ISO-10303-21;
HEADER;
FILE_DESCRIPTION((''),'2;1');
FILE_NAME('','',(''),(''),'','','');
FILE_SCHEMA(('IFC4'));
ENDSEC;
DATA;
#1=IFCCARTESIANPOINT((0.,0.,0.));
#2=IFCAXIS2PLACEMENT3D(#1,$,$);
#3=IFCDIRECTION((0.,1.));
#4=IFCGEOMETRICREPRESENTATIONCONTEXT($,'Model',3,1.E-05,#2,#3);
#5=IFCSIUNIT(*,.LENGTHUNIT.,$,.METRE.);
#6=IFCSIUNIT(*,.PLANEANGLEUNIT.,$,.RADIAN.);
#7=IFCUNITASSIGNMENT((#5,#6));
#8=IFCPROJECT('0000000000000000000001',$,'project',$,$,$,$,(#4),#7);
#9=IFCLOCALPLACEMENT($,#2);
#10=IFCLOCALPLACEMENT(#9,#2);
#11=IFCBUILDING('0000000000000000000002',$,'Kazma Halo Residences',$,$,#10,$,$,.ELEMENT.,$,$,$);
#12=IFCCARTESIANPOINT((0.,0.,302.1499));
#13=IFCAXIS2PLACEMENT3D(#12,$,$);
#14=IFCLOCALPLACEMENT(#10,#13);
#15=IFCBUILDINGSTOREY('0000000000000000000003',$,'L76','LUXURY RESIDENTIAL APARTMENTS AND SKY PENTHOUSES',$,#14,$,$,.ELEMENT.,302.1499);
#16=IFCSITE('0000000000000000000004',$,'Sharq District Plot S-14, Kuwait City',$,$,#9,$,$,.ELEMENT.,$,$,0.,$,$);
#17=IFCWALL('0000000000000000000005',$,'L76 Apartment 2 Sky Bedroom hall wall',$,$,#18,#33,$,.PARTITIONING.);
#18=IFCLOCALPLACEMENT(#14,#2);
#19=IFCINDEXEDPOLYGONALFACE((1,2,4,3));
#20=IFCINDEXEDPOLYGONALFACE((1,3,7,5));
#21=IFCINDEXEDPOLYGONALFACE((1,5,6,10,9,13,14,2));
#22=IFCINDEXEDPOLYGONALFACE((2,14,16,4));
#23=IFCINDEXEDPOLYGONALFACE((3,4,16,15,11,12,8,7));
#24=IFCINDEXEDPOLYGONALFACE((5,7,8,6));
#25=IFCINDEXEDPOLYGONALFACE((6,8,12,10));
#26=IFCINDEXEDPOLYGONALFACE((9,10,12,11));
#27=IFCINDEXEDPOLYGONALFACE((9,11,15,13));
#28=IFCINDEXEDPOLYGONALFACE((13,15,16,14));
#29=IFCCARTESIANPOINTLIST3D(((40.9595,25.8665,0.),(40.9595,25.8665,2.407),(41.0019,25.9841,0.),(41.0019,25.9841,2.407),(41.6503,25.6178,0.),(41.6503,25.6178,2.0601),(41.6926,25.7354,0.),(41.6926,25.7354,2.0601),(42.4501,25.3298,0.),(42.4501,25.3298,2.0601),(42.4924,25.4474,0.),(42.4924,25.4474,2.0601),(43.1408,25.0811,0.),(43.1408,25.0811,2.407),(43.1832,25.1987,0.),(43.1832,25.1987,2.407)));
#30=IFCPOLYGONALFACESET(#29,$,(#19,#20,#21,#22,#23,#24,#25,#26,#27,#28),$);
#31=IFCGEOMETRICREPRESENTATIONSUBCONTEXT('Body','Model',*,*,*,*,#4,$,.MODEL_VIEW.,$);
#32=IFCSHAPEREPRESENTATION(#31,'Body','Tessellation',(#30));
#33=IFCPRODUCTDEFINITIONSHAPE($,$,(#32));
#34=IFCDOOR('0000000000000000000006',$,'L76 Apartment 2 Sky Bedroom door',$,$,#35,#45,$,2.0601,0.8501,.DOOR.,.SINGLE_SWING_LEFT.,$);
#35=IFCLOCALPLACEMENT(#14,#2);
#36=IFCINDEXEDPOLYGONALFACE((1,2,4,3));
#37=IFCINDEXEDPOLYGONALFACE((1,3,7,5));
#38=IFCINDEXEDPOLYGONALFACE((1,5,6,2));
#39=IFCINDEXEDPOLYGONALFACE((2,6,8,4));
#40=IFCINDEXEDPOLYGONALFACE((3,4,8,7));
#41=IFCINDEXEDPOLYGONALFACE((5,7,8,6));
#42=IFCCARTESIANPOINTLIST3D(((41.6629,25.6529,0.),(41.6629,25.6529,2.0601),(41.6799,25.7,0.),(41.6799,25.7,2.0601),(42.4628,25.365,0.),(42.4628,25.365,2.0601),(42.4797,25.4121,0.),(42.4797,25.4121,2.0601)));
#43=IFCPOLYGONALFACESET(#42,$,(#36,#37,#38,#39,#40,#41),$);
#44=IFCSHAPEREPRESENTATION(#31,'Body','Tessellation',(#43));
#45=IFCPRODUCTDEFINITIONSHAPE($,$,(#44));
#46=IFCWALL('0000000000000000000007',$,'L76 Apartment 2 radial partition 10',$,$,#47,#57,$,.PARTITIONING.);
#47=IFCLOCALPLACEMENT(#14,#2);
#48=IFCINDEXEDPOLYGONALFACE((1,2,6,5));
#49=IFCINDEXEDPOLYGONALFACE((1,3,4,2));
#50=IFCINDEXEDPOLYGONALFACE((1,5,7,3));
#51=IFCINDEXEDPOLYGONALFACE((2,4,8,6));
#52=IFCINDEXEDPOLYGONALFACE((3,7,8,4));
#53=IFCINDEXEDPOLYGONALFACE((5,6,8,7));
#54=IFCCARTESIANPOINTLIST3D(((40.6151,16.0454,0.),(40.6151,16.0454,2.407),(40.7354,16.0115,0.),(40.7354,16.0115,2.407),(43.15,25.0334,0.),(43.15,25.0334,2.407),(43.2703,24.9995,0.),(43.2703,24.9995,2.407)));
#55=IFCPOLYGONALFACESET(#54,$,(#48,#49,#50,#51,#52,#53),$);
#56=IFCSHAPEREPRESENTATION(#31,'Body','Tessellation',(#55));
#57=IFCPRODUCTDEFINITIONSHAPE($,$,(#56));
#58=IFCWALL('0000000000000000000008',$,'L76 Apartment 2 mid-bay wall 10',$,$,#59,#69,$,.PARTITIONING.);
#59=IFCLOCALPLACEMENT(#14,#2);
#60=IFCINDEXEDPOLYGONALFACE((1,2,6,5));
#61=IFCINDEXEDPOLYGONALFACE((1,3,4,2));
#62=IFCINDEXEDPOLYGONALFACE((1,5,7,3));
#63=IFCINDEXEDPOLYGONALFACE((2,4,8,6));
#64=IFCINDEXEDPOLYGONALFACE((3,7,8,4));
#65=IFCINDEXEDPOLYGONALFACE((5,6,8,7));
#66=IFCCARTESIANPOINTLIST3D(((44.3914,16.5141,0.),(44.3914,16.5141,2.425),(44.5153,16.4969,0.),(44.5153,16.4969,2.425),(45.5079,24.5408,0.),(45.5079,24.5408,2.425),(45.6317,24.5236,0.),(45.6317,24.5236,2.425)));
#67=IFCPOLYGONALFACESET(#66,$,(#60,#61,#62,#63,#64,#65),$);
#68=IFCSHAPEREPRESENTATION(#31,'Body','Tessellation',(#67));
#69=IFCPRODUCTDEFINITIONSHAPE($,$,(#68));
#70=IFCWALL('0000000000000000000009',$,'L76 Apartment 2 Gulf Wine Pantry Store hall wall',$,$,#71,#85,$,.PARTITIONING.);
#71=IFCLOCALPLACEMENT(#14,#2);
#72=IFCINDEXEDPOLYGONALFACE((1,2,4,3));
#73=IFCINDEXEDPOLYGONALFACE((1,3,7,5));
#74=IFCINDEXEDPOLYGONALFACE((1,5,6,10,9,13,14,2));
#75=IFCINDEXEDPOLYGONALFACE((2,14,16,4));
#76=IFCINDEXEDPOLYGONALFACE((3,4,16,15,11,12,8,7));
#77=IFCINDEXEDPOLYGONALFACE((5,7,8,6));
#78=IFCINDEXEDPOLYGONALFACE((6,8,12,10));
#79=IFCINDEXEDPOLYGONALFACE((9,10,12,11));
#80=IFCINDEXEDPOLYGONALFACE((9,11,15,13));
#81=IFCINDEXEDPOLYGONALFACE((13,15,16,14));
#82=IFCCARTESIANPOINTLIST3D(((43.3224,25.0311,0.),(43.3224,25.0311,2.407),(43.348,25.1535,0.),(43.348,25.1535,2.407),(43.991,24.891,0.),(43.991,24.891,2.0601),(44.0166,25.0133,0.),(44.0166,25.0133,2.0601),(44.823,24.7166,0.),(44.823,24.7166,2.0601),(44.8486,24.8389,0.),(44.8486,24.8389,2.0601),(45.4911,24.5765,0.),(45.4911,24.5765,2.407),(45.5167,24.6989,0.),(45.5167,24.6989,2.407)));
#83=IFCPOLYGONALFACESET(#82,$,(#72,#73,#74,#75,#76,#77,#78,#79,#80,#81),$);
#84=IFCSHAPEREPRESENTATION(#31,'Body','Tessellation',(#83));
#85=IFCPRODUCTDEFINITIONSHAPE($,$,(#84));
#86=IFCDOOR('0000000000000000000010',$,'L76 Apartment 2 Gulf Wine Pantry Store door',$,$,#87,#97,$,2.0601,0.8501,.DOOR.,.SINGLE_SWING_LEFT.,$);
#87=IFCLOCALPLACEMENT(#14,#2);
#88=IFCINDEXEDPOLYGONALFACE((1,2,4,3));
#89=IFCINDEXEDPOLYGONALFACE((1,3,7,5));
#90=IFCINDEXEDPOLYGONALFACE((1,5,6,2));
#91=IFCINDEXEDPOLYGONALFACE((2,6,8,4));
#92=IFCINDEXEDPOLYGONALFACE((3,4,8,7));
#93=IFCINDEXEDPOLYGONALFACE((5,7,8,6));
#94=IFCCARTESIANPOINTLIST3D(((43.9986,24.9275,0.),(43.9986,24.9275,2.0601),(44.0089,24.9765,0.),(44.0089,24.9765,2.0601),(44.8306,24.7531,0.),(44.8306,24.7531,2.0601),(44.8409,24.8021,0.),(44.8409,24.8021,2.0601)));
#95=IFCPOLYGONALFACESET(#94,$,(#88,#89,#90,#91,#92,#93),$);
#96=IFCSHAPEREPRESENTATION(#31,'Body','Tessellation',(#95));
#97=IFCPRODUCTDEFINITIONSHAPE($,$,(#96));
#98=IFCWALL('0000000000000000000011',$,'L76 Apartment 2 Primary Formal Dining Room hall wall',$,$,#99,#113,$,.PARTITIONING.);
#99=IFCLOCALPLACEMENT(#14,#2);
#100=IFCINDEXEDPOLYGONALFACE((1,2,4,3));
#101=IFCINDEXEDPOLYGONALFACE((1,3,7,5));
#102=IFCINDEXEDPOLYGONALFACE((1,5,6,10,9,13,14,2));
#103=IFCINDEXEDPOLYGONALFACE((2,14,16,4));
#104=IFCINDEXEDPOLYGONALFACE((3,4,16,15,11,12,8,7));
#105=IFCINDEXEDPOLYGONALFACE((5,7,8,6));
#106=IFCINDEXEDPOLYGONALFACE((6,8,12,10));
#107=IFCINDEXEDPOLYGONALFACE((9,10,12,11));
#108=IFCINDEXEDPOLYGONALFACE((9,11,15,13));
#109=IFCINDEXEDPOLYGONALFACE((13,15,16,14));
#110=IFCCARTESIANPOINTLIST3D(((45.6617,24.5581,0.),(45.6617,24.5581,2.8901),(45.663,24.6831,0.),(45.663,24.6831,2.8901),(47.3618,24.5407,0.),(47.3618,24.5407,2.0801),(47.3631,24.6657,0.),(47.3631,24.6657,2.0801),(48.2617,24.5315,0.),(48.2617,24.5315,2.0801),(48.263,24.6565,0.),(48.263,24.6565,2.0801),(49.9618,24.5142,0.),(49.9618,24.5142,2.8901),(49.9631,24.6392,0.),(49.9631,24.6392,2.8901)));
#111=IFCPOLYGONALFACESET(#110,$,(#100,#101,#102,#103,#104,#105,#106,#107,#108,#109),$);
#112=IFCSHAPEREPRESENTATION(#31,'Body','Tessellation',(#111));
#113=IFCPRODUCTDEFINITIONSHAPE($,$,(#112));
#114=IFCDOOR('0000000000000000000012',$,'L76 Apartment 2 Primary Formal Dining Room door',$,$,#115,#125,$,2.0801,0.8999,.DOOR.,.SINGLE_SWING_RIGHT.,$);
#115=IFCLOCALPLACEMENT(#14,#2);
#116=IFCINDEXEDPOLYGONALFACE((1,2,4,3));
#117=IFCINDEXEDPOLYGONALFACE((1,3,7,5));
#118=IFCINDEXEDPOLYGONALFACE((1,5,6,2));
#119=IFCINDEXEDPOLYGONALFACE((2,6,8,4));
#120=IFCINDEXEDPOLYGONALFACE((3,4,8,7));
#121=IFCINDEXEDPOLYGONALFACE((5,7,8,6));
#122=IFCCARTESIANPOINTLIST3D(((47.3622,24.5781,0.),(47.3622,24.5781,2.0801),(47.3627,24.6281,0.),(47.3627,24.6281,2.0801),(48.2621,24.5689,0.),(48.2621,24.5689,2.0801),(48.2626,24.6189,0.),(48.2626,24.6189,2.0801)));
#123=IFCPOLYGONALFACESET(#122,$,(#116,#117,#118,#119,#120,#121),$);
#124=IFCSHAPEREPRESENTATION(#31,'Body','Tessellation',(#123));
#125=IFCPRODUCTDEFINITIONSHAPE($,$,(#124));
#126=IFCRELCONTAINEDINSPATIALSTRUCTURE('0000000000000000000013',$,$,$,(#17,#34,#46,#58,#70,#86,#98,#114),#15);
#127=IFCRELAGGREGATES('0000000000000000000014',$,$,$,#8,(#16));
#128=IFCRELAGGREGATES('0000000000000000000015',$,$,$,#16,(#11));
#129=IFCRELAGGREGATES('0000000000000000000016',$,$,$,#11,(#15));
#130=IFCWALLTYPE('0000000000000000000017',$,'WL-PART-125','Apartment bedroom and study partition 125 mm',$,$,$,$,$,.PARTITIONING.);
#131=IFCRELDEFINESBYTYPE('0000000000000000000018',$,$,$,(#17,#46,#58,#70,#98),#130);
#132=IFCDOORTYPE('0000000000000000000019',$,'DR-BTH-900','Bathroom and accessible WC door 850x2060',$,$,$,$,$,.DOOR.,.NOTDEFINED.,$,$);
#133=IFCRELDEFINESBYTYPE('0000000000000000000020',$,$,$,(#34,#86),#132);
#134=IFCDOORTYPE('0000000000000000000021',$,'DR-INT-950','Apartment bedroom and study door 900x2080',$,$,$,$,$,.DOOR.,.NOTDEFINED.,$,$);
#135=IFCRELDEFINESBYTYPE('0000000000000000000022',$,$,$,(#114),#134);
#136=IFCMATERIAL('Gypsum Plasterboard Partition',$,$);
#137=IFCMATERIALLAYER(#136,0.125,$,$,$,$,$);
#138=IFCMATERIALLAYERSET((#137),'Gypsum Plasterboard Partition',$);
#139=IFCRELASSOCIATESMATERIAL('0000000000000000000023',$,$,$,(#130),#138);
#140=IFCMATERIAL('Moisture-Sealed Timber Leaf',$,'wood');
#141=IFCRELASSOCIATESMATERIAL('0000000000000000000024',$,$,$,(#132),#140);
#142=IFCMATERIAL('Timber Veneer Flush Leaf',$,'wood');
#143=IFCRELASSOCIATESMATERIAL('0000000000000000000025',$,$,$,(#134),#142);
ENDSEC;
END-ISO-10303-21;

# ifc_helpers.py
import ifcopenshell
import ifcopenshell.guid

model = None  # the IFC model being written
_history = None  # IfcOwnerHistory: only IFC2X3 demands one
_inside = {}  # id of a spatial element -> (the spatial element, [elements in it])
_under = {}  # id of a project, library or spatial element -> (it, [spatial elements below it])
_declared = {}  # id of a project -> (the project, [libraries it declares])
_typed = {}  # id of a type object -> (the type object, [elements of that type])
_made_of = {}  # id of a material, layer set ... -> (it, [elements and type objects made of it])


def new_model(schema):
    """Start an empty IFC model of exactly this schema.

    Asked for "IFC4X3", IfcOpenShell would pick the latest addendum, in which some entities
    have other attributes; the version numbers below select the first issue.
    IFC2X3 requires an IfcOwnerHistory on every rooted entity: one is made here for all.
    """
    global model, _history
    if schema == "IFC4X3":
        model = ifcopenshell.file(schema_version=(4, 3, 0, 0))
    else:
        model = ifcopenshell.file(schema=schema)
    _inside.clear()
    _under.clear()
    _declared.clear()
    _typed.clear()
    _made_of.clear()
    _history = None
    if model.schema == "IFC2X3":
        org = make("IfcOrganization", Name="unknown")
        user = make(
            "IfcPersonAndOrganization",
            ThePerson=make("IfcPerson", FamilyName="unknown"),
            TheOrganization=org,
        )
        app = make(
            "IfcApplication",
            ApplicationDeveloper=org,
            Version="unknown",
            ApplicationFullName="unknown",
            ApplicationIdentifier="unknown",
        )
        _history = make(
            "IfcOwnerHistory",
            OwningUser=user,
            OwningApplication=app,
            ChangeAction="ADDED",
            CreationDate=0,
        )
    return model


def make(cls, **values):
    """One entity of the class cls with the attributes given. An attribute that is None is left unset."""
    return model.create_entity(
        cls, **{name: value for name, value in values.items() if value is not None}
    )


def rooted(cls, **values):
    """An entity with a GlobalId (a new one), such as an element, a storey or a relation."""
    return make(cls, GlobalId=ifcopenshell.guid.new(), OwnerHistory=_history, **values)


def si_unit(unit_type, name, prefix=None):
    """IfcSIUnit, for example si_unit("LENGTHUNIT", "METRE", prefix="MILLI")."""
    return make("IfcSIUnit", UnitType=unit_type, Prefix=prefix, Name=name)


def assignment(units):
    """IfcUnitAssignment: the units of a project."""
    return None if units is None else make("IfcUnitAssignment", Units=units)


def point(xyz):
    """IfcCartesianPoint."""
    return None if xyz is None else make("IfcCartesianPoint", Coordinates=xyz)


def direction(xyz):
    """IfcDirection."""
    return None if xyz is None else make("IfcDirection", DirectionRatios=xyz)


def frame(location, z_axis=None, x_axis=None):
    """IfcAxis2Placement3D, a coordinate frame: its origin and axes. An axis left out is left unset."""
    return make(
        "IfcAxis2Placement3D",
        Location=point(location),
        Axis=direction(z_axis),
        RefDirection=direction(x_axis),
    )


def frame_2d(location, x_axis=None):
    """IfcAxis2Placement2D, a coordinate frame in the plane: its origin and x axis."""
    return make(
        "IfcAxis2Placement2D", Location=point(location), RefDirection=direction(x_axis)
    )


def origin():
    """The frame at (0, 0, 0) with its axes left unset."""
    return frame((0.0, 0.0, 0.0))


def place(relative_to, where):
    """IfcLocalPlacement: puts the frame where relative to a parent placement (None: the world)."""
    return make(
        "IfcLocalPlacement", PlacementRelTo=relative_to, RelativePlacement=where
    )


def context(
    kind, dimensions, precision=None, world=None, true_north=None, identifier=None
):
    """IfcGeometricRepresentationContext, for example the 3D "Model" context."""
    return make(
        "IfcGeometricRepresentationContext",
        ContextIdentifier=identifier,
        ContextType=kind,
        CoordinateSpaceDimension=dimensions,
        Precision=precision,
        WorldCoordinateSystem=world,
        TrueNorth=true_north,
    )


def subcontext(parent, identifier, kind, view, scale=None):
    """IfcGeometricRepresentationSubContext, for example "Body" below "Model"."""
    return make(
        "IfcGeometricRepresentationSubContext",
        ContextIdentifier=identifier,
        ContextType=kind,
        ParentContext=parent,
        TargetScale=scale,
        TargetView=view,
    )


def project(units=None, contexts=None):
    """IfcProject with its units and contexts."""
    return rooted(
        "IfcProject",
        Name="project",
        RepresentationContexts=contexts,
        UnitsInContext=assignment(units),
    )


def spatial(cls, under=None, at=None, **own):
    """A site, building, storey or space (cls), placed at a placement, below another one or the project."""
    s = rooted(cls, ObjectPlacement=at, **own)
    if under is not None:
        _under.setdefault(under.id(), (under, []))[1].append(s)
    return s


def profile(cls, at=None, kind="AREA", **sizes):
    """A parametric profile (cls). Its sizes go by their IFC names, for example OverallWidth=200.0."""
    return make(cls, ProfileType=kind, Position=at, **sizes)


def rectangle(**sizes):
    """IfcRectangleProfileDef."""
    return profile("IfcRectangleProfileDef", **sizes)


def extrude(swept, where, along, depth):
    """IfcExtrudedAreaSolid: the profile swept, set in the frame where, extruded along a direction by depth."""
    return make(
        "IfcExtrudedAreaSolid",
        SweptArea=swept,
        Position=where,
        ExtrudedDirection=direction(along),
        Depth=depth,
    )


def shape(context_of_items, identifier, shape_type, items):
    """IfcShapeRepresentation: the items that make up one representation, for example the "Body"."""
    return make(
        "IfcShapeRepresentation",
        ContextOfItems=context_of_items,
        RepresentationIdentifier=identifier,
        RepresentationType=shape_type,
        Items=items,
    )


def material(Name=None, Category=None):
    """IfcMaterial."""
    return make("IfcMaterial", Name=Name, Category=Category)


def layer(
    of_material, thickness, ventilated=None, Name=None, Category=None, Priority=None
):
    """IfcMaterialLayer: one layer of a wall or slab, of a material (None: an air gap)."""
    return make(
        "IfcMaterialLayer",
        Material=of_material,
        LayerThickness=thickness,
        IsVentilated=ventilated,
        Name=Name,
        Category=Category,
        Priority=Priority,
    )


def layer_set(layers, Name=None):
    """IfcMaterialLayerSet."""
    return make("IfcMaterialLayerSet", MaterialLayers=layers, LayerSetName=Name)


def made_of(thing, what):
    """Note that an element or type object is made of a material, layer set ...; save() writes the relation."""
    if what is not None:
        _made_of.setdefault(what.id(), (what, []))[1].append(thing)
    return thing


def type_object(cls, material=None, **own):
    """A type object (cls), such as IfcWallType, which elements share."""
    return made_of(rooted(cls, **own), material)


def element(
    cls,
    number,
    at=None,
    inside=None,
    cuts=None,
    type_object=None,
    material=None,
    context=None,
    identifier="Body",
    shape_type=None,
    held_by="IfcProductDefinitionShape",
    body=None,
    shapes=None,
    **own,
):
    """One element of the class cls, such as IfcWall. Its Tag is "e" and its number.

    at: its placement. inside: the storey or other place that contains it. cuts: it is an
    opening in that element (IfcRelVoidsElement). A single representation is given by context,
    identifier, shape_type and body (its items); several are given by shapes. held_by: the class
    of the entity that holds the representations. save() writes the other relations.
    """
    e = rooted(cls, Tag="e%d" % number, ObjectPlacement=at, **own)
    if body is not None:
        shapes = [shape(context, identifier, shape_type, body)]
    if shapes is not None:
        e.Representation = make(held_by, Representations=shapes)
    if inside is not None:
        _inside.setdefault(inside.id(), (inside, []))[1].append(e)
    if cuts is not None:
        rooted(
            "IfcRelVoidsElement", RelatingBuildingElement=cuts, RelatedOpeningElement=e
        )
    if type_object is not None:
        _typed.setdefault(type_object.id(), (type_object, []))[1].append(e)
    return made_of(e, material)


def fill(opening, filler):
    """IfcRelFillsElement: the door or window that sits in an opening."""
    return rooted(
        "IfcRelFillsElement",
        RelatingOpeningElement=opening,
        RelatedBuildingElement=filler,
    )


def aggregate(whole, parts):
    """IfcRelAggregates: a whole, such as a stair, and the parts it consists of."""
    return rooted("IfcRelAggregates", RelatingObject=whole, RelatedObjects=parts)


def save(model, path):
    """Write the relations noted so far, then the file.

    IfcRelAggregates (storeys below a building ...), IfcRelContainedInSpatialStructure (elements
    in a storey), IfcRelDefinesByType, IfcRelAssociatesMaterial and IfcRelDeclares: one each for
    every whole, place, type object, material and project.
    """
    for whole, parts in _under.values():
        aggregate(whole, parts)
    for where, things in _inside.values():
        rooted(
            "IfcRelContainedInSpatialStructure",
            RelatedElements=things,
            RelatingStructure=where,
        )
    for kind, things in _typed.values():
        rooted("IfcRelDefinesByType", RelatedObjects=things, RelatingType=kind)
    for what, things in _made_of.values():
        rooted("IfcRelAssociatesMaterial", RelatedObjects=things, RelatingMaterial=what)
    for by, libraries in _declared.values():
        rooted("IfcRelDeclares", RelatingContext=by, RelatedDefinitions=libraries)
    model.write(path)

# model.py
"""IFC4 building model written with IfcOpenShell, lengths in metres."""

from ifc_helpers import new_model, si_unit, direction, frame, frame_2d, origin, place, context, subcontext, project, spatial, rectangle, extrude, material, layer, layer_set, type_object, element, fill, save


model = new_model("IFC4")

# Units and contexts
model_context = context("Model", 3, precision=1e-05, world=origin(), true_north=direction((0.0, 1.0)))
body_context = subcontext(model_context, "Body", "Model", "MODEL_VIEW")
ifc_project = project(units=[si_unit("LENGTHUNIT", "METRE"), si_unit("PLANEANGLEUNIT", "RADIAN")], contexts=[model_context])

# Site, building, storey
site_placement = place(None, origin())
site = spatial("IfcSite", under=ifc_project, at=site_placement, Name="Sharq District Plot S-14, Kuwait City", CompositionType="ELEMENT", RefElevation=0.0)
building_placement = place(site_placement, origin())
building = spatial("IfcBuilding", under=site, at=building_placement, Name="Kazma Halo Residences", CompositionType="ELEMENT")
storey_placement = place(building_placement, frame((0.0, 0.0, 302.1499)))
storey = spatial("IfcBuildingStorey", under=building, at=storey_placement, Name="L76", Description="LUXURY RESIDENTIAL APARTMENTS AND SKY PENTHOUSES", CompositionType="ELEMENT", Elevation=302.1499)

# Shared definitions
ifc_material_1 = material(Name="Gypsum Plasterboard Partition")
ifc_layer_1 = layer(ifc_material_1, 0.125)
ifc_layer_set_1 = layer_set([ifc_layer_1], Name="Gypsum Plasterboard Partition")
wall_type_1 = type_object("IfcWallType", Name="WL-PART-125", Description="Apartment bedroom and study partition 125 mm", PredefinedType="PARTITIONING", material=ifc_layer_set_1)

# Wall, opening, door
ifc_material_2 = material(Name="Moisture-Sealed Timber Leaf", Category="wood")
door_type_1 = type_object("IfcDoorType", Name="DR-BTH-900", Description="Bathroom and accessible WC door 850x2060", OperationType="NOTDEFINED", PredefinedType="DOOR", material=ifc_material_2)
wall_1_placement = place(storey_placement, frame((40.9807, 25.9253, 0.0), z_axis=(0.0, 0.0, 1.0), x_axis=(0.940874, -0.338757, 0.0)))
wall_1 = element("IfcWall", 1, at=wall_1_placement, inside=storey, type_object=wall_type_1, Name="L76 Apartment 2 Sky Bedroom hall wall", PredefinedType="PARTITIONING", context=body_context, shape_type="SweptSolid", body=[
    extrude(rectangle(XDim=2.3184, YDim=0.125, at=frame_2d((1.1592, 0.0))), origin(), (0.0, 0.0, 1.0), 2.407),
])
opening_1_placement = place(wall_1_placement, frame((0.7341, 0.0, 0.0)))
opening_1 = element("IfcOpeningElement", 2, at=opening_1_placement, cuts=wall_1, PredefinedType="OPENING", context=body_context, shape_type="SweptSolid", body=[
    extrude(rectangle(XDim=0.8501, YDim=2.0601, at=frame_2d((0.425, 1.03))), frame((0.0, 0.0725, 0.0), z_axis=(0.0, -1.0, 0.0), x_axis=(1.0, 0.0, 0.0)), (0.0, 0.0, 1.0), 0.145),
])
door_1_placement = place(opening_1_placement, origin())
door_1 = element("IfcDoor", 3, at=door_1_placement, inside=storey, type_object=door_type_1, Name="L76 Apartment 2 Sky Bedroom door", OperationType="SINGLE_SWING_LEFT", OverallHeight=2.0601, OverallWidth=0.8501, PredefinedType="DOOR", context=body_context, shape_type="SweptSolid", body=[
    extrude(rectangle(XDim=0.8501, YDim=2.0601, at=frame_2d((0.425, 1.03))), frame((0.0, 0.0249, 0.0), z_axis=(0.0, -1.0, 0.0), x_axis=(1.0, 0.0, 0.0)), (0.0, 0.0, 1.0), 0.05),
])
fill(opening_1, door_1)

# Walls
wall_2_placement = place(storey_placement, frame((43.2102, 25.0166, 0.0), z_axis=(0.0, 0.0, 1.0), x_axis=(-0.271443, -0.962455, 0.0)))
element("IfcWall", 4, at=wall_2_placement, inside=storey, type_object=wall_type_1, Name="L76 Apartment 2 radial partition 10", PredefinedType="PARTITIONING", context=body_context, shape_type="SweptSolid", body=[
    extrude(rectangle(XDim=9.3386, YDim=0.125, at=frame_2d((4.6694, 0.0))), origin(), (0.0, 0.0, 1.0), 2.407),
])
wall_3_placement = place(storey_placement, frame((45.5698, 24.5322, 0.0), z_axis=(0.0, 0.0, 1.0), x_axis=(-0.137768, -0.990465, 0.0)))
element("IfcWall", 5, at=wall_3_placement, inside=storey, type_object=wall_type_1, Name="L76 Apartment 2 mid-bay wall 10", PredefinedType="PARTITIONING", context=body_context, shape_type="SweptSolid", body=[
    extrude(rectangle(XDim=8.104, YDim=0.125, at=frame_2d((4.052, 0.0))), origin(), (0.0, 0.0, 1.0), 2.425),
])

# Walls, openings, doors
wall_4_placement = place(storey_placement, frame((43.3352, 25.0923, 0.0), z_axis=(0.0, 0.0, 1.0), x_axis=(0.978729, -0.205155, 0.0)))
wall_4 = element("IfcWall", 6, at=wall_4_placement, inside=storey, type_object=wall_type_1, Name="L76 Apartment 2 Gulf Wine Pantry Store hall wall", PredefinedType="PARTITIONING", context=body_context, shape_type="SweptSolid", body=[
    extrude(rectangle(XDim=2.2158, YDim=0.125, at=frame_2d((1.1079, 0.0))), origin(), (0.0, 0.0, 1.0), 2.407),
])
opening_2_placement = place(wall_4_placement, frame((0.6831, 0.0, 0.0)))
opening_2 = element("IfcOpeningElement", 7, at=opening_2_placement, cuts=wall_4, PredefinedType="OPENING", context=body_context, shape_type="SweptSolid", body=[
    extrude(rectangle(XDim=0.8501, YDim=2.0601, at=frame_2d((0.425, 1.03))), frame((0.0, 0.0725, 0.0), z_axis=(0.0, -1.0, 0.0), x_axis=(1.0, 0.0, 0.0)), (0.0, 0.0, 1.0), 0.145),
])
door_2_placement = place(opening_2_placement, origin())
door_2 = element("IfcDoor", 8, at=door_2_placement, inside=storey, type_object=door_type_1, Name="L76 Apartment 2 Gulf Wine Pantry Store door", OperationType="SINGLE_SWING_LEFT", OverallHeight=2.0601, OverallWidth=0.8501, PredefinedType="DOOR", context=body_context, shape_type="SweptSolid", body=[
    extrude(rectangle(XDim=0.8501, YDim=2.0601, at=frame_2d((0.425, 1.03))), frame((0.0, 0.0249, 0.0), z_axis=(0.0, -1.0, 0.0), x_axis=(1.0, 0.0, 0.0)), (0.0, 0.0, 1.0), 0.05),
])
fill(opening_2, door_2)
wall_5_placement = place(storey_placement, frame((45.6624, 24.6206, 0.0), z_axis=(0.0, 0.0, 1.0), x_axis=(0.999948, -0.010219, 0.0)))
wall_5 = element("IfcWall", 9, at=wall_5_placement, inside=storey, type_object=wall_type_1, Name="L76 Apartment 2 Primary Formal Dining Room hall wall", PredefinedType="PARTITIONING", context=body_context, shape_type="SweptSolid", body=[
    extrude(rectangle(XDim=4.3003, YDim=0.125, at=frame_2d((2.1501, 0.0))), origin(), (0.0, 0.0, 1.0), 2.8901),
])
opening_3_placement = place(wall_5_placement, frame((1.7002, 0.0, 0.0)))
opening_3 = element("IfcOpeningElement", 10, at=opening_3_placement, cuts=wall_5, PredefinedType="OPENING", context=body_context, shape_type="SweptSolid", body=[
    extrude(rectangle(XDim=0.8999, YDim=2.0801, at=frame_2d((0.45, 1.04))), frame((0.0, 0.0725, 0.0), z_axis=(0.0, -1.0, 0.0), x_axis=(1.0, 0.0, 0.0)), (0.0, 0.0, 1.0), 0.145),
])
ifc_material_3 = material(Name="Timber Veneer Flush Leaf", Category="wood")
door_type_2 = type_object("IfcDoorType", Name="DR-INT-950", Description="Apartment bedroom and study door 900x2080", OperationType="NOTDEFINED", PredefinedType="DOOR", material=ifc_material_3)
door_3_placement = place(opening_3_placement, origin())
door_3 = element("IfcDoor", 11, at=door_3_placement, inside=storey, type_object=door_type_2, Name="L76 Apartment 2 Primary Formal Dining Room door", OperationType="SINGLE_SWING_RIGHT", OverallHeight=2.0801, OverallWidth=0.8999, PredefinedType="DOOR", context=body_context, shape_type="SweptSolid", body=[
    extrude(rectangle(XDim=0.8999, YDim=2.0801, at=frame_2d((0.45, 1.04))), frame((0.0, 0.0249, 0.0), z_axis=(0.0, -1.0, 0.0), x_axis=(1.0, 0.0, 0.0)), (0.0, 0.0, 1.0), 0.05),
])
fill(opening_3, door_3)

save(model, "model.ifc")
